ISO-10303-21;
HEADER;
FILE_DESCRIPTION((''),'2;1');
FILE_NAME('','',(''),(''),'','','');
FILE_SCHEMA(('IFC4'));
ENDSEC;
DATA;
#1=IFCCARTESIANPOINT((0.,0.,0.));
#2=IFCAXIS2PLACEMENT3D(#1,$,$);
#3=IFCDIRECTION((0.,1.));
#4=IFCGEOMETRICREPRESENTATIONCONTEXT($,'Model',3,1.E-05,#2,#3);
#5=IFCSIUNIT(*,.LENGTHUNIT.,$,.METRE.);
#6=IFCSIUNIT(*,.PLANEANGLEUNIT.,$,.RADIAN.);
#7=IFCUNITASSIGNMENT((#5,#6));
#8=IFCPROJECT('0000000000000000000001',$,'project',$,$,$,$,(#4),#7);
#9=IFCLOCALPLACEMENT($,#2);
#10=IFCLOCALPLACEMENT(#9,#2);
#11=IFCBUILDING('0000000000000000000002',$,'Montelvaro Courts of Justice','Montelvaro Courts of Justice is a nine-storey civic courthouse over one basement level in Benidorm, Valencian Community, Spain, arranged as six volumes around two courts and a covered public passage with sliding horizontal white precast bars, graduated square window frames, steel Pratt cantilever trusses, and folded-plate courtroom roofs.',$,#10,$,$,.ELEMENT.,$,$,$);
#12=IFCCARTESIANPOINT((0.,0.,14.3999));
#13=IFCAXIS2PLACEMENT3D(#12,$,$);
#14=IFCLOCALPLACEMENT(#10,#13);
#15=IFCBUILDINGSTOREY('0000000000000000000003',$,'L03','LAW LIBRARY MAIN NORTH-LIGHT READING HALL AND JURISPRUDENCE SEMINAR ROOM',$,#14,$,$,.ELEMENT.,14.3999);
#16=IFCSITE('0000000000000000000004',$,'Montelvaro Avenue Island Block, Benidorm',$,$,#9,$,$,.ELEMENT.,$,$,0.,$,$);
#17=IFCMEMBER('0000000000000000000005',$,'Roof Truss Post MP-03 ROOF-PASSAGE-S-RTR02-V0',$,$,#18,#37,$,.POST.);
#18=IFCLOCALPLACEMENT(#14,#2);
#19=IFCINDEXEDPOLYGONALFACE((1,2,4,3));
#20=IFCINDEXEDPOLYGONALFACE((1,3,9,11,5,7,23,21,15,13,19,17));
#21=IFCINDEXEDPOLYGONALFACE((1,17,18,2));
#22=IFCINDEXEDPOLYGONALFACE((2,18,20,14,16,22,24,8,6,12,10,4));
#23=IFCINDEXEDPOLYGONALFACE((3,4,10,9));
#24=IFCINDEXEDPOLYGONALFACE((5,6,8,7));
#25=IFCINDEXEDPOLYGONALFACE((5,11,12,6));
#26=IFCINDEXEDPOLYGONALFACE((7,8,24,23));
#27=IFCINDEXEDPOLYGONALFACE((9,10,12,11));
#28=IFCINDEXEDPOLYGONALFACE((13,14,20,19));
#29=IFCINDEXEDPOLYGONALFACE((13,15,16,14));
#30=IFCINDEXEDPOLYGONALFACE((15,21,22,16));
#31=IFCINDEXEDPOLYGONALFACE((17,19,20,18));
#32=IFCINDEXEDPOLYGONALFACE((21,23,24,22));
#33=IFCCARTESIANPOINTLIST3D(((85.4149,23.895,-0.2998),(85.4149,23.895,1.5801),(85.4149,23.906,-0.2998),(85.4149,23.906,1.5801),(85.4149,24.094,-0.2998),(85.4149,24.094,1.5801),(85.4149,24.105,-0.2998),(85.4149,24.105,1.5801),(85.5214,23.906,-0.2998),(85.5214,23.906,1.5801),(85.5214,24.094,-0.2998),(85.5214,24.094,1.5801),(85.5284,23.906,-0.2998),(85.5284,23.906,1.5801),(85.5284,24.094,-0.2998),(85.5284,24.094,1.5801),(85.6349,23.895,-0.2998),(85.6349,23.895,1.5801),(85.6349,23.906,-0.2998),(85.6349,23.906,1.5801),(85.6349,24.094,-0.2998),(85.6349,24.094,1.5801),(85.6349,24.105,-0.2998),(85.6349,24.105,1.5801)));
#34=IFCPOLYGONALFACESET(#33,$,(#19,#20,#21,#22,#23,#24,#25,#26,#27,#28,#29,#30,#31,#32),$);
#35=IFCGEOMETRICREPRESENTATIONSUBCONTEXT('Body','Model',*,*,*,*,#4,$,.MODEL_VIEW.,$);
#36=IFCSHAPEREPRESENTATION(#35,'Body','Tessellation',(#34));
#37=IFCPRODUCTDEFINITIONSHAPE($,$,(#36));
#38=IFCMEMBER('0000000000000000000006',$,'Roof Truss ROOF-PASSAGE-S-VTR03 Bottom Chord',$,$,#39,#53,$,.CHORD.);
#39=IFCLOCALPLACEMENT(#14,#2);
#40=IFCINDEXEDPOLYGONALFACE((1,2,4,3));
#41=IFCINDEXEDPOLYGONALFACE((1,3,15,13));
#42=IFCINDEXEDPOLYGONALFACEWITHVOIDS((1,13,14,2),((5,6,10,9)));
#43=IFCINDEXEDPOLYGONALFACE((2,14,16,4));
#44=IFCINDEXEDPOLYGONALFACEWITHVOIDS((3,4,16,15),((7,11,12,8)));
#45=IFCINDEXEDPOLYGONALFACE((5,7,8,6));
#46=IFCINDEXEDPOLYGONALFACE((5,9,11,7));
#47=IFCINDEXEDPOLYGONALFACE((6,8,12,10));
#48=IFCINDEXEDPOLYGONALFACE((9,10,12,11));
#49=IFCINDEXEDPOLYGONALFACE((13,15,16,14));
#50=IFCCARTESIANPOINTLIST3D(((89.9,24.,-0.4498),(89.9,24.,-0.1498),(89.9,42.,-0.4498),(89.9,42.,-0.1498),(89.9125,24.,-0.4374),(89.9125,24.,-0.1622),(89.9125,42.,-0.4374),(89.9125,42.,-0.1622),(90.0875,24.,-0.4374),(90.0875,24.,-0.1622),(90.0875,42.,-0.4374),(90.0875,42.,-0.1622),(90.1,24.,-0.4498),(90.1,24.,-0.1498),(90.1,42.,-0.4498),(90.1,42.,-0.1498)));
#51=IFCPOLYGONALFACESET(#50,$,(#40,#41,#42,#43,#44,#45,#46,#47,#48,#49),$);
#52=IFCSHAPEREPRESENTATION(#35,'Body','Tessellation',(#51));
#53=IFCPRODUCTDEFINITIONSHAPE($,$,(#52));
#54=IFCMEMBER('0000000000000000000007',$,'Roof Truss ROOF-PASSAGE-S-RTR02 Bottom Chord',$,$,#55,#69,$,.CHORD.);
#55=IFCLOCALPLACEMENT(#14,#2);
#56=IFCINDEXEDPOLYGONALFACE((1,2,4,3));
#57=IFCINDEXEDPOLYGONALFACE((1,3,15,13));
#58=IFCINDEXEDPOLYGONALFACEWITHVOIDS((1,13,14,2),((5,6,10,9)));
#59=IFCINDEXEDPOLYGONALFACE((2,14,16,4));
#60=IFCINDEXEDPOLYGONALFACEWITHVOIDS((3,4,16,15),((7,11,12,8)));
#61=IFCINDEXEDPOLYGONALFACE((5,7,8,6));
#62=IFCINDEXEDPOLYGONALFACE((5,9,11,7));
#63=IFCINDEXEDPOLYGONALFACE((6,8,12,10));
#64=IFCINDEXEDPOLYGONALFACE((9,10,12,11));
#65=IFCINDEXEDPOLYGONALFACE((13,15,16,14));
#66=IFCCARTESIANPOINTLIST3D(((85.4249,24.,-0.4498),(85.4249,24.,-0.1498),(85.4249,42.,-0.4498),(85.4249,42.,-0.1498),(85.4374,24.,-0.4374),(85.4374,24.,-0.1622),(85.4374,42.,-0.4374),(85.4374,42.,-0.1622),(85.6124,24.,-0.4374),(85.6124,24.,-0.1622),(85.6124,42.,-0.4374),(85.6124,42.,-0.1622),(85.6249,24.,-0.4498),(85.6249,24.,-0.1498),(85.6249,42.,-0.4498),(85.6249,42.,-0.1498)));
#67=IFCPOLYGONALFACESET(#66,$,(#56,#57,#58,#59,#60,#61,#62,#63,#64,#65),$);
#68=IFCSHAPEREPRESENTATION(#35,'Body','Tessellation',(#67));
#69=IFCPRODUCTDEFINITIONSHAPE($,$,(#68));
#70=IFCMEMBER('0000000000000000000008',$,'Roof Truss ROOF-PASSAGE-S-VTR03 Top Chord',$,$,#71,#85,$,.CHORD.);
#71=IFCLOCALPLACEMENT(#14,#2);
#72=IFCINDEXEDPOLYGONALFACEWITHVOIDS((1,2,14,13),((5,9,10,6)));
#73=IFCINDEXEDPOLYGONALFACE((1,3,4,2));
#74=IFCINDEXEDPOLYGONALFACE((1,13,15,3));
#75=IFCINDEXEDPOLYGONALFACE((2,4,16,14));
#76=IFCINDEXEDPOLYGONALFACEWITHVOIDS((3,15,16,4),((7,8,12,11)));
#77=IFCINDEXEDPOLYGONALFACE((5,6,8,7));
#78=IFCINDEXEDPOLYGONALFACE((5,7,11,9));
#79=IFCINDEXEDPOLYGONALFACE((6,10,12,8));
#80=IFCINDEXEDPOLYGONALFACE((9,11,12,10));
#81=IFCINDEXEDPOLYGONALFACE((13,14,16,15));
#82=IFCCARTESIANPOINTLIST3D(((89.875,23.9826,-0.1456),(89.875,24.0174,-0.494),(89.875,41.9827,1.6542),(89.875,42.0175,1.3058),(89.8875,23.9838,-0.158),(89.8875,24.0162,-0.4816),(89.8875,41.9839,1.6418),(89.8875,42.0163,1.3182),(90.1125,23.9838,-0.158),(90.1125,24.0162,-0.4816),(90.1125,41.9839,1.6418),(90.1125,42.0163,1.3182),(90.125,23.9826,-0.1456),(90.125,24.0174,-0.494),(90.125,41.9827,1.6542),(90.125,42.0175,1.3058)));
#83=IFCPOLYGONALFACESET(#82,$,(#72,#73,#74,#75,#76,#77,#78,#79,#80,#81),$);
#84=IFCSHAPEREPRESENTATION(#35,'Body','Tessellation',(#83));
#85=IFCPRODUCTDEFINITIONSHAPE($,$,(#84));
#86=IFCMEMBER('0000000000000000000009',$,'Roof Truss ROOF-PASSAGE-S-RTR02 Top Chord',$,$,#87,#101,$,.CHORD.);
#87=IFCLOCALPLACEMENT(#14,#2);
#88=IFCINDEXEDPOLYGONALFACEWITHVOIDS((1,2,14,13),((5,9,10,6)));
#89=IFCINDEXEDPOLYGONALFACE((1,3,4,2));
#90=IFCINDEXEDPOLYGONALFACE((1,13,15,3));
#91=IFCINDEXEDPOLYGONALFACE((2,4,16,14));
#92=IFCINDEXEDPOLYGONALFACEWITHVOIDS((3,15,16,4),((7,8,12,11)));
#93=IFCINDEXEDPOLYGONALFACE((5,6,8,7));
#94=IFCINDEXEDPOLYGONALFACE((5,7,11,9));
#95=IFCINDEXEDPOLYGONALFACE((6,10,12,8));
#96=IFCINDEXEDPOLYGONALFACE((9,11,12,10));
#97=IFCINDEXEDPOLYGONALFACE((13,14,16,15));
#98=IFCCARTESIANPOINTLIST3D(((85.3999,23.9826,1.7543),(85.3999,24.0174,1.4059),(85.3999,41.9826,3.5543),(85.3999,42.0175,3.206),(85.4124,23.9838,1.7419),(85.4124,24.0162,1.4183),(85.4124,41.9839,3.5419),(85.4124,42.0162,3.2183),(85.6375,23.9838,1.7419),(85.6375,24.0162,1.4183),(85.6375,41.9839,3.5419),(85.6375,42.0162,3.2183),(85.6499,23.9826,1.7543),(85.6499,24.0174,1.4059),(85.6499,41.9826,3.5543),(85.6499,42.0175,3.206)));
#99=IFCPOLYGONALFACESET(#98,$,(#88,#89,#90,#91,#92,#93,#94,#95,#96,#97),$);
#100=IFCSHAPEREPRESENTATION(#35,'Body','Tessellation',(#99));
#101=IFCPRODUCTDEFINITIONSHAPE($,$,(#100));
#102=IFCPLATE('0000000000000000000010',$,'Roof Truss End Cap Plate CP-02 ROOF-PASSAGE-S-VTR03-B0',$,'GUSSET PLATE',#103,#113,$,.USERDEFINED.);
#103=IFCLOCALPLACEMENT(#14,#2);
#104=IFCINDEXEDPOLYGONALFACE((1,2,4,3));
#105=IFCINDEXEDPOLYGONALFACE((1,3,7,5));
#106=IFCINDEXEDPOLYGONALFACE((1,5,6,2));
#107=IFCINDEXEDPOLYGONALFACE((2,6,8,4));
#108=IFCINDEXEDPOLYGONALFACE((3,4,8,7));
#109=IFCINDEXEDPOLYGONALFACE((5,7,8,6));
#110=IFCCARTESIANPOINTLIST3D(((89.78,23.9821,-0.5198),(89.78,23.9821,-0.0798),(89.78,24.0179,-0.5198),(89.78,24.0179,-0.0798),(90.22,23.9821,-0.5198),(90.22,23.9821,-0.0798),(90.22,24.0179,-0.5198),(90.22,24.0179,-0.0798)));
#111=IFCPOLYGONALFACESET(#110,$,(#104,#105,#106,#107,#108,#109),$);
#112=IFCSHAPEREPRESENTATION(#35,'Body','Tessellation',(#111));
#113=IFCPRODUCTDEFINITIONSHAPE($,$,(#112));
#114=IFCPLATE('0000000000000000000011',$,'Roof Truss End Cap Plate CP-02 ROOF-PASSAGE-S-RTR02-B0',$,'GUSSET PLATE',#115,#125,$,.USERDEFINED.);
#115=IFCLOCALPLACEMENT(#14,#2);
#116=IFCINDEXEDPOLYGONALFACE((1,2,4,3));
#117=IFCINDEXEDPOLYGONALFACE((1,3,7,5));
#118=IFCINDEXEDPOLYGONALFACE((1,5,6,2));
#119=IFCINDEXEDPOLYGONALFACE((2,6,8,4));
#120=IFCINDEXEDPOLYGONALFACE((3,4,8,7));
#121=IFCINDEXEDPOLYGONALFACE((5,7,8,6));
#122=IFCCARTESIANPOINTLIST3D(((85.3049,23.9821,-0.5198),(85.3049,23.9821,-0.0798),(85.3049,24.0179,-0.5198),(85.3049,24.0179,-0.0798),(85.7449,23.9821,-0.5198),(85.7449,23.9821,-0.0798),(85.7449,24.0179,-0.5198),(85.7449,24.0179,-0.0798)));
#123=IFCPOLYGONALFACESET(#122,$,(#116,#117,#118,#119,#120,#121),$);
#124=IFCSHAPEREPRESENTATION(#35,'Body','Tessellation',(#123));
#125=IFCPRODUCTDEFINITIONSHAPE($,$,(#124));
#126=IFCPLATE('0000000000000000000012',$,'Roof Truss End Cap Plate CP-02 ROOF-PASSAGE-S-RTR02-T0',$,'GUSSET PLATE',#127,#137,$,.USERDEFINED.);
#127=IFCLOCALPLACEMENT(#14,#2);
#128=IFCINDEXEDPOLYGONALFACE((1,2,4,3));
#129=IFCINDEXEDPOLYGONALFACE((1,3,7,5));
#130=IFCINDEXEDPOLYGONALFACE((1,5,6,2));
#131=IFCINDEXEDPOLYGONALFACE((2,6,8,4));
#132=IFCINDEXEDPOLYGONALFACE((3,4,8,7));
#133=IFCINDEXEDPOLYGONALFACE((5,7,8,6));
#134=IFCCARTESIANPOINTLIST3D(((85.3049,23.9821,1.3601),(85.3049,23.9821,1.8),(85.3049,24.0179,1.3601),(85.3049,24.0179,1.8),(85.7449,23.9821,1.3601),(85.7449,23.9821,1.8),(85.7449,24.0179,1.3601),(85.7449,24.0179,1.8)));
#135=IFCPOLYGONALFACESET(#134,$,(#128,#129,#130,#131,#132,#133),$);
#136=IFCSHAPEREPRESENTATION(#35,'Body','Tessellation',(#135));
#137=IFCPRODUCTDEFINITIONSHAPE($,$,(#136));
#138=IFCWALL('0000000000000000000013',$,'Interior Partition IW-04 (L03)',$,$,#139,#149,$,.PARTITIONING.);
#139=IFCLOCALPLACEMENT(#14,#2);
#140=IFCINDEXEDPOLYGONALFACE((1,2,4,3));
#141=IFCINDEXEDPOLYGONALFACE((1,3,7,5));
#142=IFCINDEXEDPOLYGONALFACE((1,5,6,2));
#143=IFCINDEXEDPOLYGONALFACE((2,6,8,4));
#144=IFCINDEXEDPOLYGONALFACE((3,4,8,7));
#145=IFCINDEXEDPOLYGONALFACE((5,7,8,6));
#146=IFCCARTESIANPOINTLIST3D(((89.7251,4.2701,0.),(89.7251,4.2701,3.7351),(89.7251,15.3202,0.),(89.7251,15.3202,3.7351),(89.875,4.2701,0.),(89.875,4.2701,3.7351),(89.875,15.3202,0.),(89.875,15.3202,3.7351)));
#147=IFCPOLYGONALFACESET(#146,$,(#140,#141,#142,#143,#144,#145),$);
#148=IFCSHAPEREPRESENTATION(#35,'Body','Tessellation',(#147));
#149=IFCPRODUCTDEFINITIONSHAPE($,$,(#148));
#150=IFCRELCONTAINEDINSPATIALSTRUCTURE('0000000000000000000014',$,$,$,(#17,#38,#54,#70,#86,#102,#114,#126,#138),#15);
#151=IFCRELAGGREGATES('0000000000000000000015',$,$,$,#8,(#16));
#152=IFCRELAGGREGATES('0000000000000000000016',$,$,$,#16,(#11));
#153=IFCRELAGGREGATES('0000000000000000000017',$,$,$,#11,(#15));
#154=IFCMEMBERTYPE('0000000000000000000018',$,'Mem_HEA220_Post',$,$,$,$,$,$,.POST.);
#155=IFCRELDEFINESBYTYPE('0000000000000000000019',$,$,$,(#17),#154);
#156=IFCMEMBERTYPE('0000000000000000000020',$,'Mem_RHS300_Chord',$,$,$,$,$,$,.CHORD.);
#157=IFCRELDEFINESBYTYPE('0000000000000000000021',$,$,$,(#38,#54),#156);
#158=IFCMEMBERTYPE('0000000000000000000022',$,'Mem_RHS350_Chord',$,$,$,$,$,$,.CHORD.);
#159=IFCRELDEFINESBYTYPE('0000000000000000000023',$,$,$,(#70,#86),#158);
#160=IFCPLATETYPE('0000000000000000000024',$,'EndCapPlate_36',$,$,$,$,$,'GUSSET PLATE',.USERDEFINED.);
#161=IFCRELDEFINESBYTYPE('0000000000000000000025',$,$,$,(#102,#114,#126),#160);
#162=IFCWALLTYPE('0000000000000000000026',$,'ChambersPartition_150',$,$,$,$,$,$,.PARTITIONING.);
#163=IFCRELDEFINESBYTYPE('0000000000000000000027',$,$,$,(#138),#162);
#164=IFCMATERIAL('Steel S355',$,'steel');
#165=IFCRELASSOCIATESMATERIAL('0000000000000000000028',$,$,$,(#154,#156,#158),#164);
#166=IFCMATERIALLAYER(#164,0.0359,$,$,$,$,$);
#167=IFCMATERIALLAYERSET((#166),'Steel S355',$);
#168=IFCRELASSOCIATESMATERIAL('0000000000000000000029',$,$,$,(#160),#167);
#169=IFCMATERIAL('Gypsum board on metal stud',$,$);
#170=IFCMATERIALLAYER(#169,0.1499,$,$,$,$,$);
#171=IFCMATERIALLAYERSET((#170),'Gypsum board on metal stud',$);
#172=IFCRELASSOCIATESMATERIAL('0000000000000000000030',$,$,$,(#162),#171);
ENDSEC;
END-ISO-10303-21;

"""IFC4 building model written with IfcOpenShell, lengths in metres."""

from ifc_helpers import new_model, si_unit, direction, frame, frame_2d, origin, origin_2d, place, context, subcontext, project, spatial, rectangle, hollow_rectangle, i_section, extrude, material, layer, layer_set, material_profile, profile_set, type_object, element, save


model = new_model("IFC4")

# Units and contexts
model_context = context("Model", 3, precision=1e-05, world=origin(), true_north=direction((0.0, 1.0)))
body_context = subcontext(model_context, "Body", "Model", "MODEL_VIEW")
ifc_project = project(units=[si_unit("LENGTHUNIT", "METRE"), si_unit("PLANEANGLEUNIT", "RADIAN")], contexts=[model_context])

# Site, building, storey
site_placement = place(None, origin())
site = spatial("IfcSite", under=ifc_project, at=site_placement, Name="Montelvaro Avenue Island Block, Benidorm", CompositionType="ELEMENT", RefElevation=0.0)
building_placement = place(site_placement, origin())
building = spatial("IfcBuilding", under=site, at=building_placement, Name="Montelvaro Courts of Justice", Description="Montelvaro Courts of Justice is a nine-storey civic courthouse over one basement level in Benidorm, Valencian Community, Spain, arranged as six volumes around two courts and a covered public passage with sliding horizontal white precast bars, graduated square window frames, steel Pratt cantilever trusses, and folded-plate courtroom roofs.", CompositionType="ELEMENT")
storey_placement = place(building_placement, frame((0.0, 0.0, 14.3999)))
storey = spatial("IfcBuildingStorey", under=building, at=storey_placement, Name="L03", Description="LAW LIBRARY MAIN NORTH-LIGHT READING HALL AND JURISPRUDENCE SEMINAR ROOM", CompositionType="ELEMENT", Elevation=14.3999)

# Shared definitions
ifc_material_1 = material(Name="Steel S355", Category="steel")

# Members
ifc_material_profile_1 = material_profile(ifc_material_1, i_section(OverallWidth=0.22, OverallDepth=0.21, WebThickness=0.0071, FlangeThickness=0.011, at=origin_2d()), Name="HEA 220")
ifc_profile_set_1 = profile_set([ifc_material_profile_1], Name="Steel S355")
member_type_1 = type_object("IfcMemberType", Name="Mem_HEA220_Post", PredefinedType="POST", material=ifc_profile_set_1)
member_1_placement = place(storey_placement, frame((85.5249, 24.0, -0.2998), z_axis=(0.0, 0.0, 1.0), x_axis=(1.0, 0.0, 0.0)))
element("IfcMember", 1, at=member_1_placement, inside=storey, type_object=member_type_1, Name="Roof Truss Post MP-03 ROOF-PASSAGE-S-RTR02-V0", PredefinedType="POST", context=body_context, shape_type="SweptSolid", body=[
    extrude(i_section(OverallWidth=0.22, OverallDepth=0.21, WebThickness=0.0071, FlangeThickness=0.011, at=origin_2d()), origin(), (0.0, 0.0, 1.0), 1.8799),
])
ifc_material_profile_2 = material_profile(ifc_material_1, hollow_rectangle(XDim=0.2, YDim=0.3, WallThickness=0.0125, at=origin_2d()), Name="RHS 300x200x12.5")
ifc_profile_set_2 = profile_set([ifc_material_profile_2], Name="Steel S355")
member_type_2 = type_object("IfcMemberType", Name="Mem_RHS300_Chord", PredefinedType="CHORD", material=ifc_profile_set_2)
for number, where, z_axis, x_axis, name in (
    (2, (90.0, 24.0, -0.2998), (0.0, 1.0, 0.0), (-1.0, 0.0, 0.0), "Roof Truss ROOF-PASSAGE-S-VTR03 Bottom Chord"),
    (3, (85.5249, 24.0, -0.2998), (0.0, 1.0, 0.0), (-1.0, 0.0, 0.0), "Roof Truss ROOF-PASSAGE-S-RTR02 Bottom Chord"),
):
    element("IfcMember", number, at=place(storey_placement, frame(where, z_axis=z_axis, x_axis=x_axis)), inside=storey, type_object=member_type_2, Name=name, PredefinedType="CHORD", context=body_context, shape_type="SweptSolid", body=[
        extrude(hollow_rectangle(XDim=0.2, YDim=0.3, WallThickness=0.0125, at=origin_2d()), origin(), (0.0, 0.0, 1.0), 18.0),
    ])
ifc_material_profile_3 = material_profile(ifc_material_1, hollow_rectangle(XDim=0.25, YDim=0.3501, WallThickness=0.0125, at=origin_2d()), Name="RHS 350x250x12.5")
ifc_profile_set_3 = profile_set([ifc_material_profile_3], Name="Steel S355")
member_type_3 = type_object("IfcMemberType", Name="Mem_RHS350_Chord", PredefinedType="CHORD", material=ifc_profile_set_3)
for number, where, z_axis, x_axis, name in (
    (4, (90.0, 24.0, -0.3198), (0.0, 0.995038, 0.099493), (-1.0, 0.0, 0.0), "Roof Truss ROOF-PASSAGE-S-VTR03 Top Chord"),
    (5, (85.5249, 24.0, 1.5801), (0.0, 0.995037, 0.099506), (-1.0, 0.0, 0.0), "Roof Truss ROOF-PASSAGE-S-RTR02 Top Chord"),
):
    element("IfcMember", number, at=place(storey_placement, frame(where, z_axis=z_axis, x_axis=x_axis)), inside=storey, type_object=member_type_3, Name=name, PredefinedType="CHORD", context=body_context, shape_type="SweptSolid", body=[
        extrude(hollow_rectangle(XDim=0.25, YDim=0.3501, WallThickness=0.0125, at=origin_2d()), origin(), (0.0, 0.0, 1.0), 18.0898),
    ])

# Plates
ifc_layer_1 = layer(ifc_material_1, 0.0359)
ifc_layer_set_1 = layer_set([ifc_layer_1], Name="Steel S355")
plate_type = type_object("IfcPlateType", Name="EndCapPlate_36", ElementType="GUSSET PLATE", PredefinedType="USERDEFINED", material=ifc_layer_set_1)
for number, where, z_axis, x_axis, name in (
    (6, (90.0, 24.0, -0.5198), (0.0, 0.0, 1.0), (1.0, 0.0, 0.0), "Roof Truss End Cap Plate CP-02 ROOF-PASSAGE-S-VTR03-B0"),
    (7, (85.5249, 24.0, -0.5198), (0.0, 0.0, 1.0), (1.0, 0.0, 0.0), "Roof Truss End Cap Plate CP-02 ROOF-PASSAGE-S-RTR02-B0"),
    (8, (85.5249, 24.0, 1.3601), (0.0, 0.0, 1.0), (1.0, 0.0, 0.0), "Roof Truss End Cap Plate CP-02 ROOF-PASSAGE-S-RTR02-T0"),
):
    element("IfcPlate", number, at=place(storey_placement, frame(where, z_axis=z_axis, x_axis=x_axis)), inside=storey, type_object=plate_type, Name=name, ObjectType="GUSSET PLATE", PredefinedType="USERDEFINED", context=body_context, shape_type="SweptSolid", body=[
        extrude(rectangle(XDim=0.4399, YDim=0.0359, at=origin_2d()), origin(), (0.0, 0.0, 1.0), 0.4399),
    ])

# Wall
ifc_material_2 = material(Name="Gypsum board on metal stud")
ifc_layer_2 = layer(ifc_material_2, 0.1499)
ifc_layer_set_2 = layer_set([ifc_layer_2], Name="Gypsum board on metal stud")
wall_type_1 = type_object("IfcWallType", Name="ChambersPartition_150", PredefinedType="PARTITIONING", material=ifc_layer_set_2)
wall_1_placement = place(storey_placement, frame((89.8, 15.3201, 0.0), z_axis=(0.0, 0.0, 1.0), x_axis=(0.0, -1.0, 0.0)))
element("IfcWall", 9, at=wall_1_placement, inside=storey, type_object=wall_type_1, Name="Interior Partition IW-04 (L03)", PredefinedType="PARTITIONING", context=body_context, shape_type="SweptSolid", body=[
    extrude(rectangle(XDim=11.05, YDim=0.1499, at=frame_2d((5.5249, 0.0))), origin(), (0.0, 0.0, 1.0), 3.7351),
])

save(model, "model.ifc")
